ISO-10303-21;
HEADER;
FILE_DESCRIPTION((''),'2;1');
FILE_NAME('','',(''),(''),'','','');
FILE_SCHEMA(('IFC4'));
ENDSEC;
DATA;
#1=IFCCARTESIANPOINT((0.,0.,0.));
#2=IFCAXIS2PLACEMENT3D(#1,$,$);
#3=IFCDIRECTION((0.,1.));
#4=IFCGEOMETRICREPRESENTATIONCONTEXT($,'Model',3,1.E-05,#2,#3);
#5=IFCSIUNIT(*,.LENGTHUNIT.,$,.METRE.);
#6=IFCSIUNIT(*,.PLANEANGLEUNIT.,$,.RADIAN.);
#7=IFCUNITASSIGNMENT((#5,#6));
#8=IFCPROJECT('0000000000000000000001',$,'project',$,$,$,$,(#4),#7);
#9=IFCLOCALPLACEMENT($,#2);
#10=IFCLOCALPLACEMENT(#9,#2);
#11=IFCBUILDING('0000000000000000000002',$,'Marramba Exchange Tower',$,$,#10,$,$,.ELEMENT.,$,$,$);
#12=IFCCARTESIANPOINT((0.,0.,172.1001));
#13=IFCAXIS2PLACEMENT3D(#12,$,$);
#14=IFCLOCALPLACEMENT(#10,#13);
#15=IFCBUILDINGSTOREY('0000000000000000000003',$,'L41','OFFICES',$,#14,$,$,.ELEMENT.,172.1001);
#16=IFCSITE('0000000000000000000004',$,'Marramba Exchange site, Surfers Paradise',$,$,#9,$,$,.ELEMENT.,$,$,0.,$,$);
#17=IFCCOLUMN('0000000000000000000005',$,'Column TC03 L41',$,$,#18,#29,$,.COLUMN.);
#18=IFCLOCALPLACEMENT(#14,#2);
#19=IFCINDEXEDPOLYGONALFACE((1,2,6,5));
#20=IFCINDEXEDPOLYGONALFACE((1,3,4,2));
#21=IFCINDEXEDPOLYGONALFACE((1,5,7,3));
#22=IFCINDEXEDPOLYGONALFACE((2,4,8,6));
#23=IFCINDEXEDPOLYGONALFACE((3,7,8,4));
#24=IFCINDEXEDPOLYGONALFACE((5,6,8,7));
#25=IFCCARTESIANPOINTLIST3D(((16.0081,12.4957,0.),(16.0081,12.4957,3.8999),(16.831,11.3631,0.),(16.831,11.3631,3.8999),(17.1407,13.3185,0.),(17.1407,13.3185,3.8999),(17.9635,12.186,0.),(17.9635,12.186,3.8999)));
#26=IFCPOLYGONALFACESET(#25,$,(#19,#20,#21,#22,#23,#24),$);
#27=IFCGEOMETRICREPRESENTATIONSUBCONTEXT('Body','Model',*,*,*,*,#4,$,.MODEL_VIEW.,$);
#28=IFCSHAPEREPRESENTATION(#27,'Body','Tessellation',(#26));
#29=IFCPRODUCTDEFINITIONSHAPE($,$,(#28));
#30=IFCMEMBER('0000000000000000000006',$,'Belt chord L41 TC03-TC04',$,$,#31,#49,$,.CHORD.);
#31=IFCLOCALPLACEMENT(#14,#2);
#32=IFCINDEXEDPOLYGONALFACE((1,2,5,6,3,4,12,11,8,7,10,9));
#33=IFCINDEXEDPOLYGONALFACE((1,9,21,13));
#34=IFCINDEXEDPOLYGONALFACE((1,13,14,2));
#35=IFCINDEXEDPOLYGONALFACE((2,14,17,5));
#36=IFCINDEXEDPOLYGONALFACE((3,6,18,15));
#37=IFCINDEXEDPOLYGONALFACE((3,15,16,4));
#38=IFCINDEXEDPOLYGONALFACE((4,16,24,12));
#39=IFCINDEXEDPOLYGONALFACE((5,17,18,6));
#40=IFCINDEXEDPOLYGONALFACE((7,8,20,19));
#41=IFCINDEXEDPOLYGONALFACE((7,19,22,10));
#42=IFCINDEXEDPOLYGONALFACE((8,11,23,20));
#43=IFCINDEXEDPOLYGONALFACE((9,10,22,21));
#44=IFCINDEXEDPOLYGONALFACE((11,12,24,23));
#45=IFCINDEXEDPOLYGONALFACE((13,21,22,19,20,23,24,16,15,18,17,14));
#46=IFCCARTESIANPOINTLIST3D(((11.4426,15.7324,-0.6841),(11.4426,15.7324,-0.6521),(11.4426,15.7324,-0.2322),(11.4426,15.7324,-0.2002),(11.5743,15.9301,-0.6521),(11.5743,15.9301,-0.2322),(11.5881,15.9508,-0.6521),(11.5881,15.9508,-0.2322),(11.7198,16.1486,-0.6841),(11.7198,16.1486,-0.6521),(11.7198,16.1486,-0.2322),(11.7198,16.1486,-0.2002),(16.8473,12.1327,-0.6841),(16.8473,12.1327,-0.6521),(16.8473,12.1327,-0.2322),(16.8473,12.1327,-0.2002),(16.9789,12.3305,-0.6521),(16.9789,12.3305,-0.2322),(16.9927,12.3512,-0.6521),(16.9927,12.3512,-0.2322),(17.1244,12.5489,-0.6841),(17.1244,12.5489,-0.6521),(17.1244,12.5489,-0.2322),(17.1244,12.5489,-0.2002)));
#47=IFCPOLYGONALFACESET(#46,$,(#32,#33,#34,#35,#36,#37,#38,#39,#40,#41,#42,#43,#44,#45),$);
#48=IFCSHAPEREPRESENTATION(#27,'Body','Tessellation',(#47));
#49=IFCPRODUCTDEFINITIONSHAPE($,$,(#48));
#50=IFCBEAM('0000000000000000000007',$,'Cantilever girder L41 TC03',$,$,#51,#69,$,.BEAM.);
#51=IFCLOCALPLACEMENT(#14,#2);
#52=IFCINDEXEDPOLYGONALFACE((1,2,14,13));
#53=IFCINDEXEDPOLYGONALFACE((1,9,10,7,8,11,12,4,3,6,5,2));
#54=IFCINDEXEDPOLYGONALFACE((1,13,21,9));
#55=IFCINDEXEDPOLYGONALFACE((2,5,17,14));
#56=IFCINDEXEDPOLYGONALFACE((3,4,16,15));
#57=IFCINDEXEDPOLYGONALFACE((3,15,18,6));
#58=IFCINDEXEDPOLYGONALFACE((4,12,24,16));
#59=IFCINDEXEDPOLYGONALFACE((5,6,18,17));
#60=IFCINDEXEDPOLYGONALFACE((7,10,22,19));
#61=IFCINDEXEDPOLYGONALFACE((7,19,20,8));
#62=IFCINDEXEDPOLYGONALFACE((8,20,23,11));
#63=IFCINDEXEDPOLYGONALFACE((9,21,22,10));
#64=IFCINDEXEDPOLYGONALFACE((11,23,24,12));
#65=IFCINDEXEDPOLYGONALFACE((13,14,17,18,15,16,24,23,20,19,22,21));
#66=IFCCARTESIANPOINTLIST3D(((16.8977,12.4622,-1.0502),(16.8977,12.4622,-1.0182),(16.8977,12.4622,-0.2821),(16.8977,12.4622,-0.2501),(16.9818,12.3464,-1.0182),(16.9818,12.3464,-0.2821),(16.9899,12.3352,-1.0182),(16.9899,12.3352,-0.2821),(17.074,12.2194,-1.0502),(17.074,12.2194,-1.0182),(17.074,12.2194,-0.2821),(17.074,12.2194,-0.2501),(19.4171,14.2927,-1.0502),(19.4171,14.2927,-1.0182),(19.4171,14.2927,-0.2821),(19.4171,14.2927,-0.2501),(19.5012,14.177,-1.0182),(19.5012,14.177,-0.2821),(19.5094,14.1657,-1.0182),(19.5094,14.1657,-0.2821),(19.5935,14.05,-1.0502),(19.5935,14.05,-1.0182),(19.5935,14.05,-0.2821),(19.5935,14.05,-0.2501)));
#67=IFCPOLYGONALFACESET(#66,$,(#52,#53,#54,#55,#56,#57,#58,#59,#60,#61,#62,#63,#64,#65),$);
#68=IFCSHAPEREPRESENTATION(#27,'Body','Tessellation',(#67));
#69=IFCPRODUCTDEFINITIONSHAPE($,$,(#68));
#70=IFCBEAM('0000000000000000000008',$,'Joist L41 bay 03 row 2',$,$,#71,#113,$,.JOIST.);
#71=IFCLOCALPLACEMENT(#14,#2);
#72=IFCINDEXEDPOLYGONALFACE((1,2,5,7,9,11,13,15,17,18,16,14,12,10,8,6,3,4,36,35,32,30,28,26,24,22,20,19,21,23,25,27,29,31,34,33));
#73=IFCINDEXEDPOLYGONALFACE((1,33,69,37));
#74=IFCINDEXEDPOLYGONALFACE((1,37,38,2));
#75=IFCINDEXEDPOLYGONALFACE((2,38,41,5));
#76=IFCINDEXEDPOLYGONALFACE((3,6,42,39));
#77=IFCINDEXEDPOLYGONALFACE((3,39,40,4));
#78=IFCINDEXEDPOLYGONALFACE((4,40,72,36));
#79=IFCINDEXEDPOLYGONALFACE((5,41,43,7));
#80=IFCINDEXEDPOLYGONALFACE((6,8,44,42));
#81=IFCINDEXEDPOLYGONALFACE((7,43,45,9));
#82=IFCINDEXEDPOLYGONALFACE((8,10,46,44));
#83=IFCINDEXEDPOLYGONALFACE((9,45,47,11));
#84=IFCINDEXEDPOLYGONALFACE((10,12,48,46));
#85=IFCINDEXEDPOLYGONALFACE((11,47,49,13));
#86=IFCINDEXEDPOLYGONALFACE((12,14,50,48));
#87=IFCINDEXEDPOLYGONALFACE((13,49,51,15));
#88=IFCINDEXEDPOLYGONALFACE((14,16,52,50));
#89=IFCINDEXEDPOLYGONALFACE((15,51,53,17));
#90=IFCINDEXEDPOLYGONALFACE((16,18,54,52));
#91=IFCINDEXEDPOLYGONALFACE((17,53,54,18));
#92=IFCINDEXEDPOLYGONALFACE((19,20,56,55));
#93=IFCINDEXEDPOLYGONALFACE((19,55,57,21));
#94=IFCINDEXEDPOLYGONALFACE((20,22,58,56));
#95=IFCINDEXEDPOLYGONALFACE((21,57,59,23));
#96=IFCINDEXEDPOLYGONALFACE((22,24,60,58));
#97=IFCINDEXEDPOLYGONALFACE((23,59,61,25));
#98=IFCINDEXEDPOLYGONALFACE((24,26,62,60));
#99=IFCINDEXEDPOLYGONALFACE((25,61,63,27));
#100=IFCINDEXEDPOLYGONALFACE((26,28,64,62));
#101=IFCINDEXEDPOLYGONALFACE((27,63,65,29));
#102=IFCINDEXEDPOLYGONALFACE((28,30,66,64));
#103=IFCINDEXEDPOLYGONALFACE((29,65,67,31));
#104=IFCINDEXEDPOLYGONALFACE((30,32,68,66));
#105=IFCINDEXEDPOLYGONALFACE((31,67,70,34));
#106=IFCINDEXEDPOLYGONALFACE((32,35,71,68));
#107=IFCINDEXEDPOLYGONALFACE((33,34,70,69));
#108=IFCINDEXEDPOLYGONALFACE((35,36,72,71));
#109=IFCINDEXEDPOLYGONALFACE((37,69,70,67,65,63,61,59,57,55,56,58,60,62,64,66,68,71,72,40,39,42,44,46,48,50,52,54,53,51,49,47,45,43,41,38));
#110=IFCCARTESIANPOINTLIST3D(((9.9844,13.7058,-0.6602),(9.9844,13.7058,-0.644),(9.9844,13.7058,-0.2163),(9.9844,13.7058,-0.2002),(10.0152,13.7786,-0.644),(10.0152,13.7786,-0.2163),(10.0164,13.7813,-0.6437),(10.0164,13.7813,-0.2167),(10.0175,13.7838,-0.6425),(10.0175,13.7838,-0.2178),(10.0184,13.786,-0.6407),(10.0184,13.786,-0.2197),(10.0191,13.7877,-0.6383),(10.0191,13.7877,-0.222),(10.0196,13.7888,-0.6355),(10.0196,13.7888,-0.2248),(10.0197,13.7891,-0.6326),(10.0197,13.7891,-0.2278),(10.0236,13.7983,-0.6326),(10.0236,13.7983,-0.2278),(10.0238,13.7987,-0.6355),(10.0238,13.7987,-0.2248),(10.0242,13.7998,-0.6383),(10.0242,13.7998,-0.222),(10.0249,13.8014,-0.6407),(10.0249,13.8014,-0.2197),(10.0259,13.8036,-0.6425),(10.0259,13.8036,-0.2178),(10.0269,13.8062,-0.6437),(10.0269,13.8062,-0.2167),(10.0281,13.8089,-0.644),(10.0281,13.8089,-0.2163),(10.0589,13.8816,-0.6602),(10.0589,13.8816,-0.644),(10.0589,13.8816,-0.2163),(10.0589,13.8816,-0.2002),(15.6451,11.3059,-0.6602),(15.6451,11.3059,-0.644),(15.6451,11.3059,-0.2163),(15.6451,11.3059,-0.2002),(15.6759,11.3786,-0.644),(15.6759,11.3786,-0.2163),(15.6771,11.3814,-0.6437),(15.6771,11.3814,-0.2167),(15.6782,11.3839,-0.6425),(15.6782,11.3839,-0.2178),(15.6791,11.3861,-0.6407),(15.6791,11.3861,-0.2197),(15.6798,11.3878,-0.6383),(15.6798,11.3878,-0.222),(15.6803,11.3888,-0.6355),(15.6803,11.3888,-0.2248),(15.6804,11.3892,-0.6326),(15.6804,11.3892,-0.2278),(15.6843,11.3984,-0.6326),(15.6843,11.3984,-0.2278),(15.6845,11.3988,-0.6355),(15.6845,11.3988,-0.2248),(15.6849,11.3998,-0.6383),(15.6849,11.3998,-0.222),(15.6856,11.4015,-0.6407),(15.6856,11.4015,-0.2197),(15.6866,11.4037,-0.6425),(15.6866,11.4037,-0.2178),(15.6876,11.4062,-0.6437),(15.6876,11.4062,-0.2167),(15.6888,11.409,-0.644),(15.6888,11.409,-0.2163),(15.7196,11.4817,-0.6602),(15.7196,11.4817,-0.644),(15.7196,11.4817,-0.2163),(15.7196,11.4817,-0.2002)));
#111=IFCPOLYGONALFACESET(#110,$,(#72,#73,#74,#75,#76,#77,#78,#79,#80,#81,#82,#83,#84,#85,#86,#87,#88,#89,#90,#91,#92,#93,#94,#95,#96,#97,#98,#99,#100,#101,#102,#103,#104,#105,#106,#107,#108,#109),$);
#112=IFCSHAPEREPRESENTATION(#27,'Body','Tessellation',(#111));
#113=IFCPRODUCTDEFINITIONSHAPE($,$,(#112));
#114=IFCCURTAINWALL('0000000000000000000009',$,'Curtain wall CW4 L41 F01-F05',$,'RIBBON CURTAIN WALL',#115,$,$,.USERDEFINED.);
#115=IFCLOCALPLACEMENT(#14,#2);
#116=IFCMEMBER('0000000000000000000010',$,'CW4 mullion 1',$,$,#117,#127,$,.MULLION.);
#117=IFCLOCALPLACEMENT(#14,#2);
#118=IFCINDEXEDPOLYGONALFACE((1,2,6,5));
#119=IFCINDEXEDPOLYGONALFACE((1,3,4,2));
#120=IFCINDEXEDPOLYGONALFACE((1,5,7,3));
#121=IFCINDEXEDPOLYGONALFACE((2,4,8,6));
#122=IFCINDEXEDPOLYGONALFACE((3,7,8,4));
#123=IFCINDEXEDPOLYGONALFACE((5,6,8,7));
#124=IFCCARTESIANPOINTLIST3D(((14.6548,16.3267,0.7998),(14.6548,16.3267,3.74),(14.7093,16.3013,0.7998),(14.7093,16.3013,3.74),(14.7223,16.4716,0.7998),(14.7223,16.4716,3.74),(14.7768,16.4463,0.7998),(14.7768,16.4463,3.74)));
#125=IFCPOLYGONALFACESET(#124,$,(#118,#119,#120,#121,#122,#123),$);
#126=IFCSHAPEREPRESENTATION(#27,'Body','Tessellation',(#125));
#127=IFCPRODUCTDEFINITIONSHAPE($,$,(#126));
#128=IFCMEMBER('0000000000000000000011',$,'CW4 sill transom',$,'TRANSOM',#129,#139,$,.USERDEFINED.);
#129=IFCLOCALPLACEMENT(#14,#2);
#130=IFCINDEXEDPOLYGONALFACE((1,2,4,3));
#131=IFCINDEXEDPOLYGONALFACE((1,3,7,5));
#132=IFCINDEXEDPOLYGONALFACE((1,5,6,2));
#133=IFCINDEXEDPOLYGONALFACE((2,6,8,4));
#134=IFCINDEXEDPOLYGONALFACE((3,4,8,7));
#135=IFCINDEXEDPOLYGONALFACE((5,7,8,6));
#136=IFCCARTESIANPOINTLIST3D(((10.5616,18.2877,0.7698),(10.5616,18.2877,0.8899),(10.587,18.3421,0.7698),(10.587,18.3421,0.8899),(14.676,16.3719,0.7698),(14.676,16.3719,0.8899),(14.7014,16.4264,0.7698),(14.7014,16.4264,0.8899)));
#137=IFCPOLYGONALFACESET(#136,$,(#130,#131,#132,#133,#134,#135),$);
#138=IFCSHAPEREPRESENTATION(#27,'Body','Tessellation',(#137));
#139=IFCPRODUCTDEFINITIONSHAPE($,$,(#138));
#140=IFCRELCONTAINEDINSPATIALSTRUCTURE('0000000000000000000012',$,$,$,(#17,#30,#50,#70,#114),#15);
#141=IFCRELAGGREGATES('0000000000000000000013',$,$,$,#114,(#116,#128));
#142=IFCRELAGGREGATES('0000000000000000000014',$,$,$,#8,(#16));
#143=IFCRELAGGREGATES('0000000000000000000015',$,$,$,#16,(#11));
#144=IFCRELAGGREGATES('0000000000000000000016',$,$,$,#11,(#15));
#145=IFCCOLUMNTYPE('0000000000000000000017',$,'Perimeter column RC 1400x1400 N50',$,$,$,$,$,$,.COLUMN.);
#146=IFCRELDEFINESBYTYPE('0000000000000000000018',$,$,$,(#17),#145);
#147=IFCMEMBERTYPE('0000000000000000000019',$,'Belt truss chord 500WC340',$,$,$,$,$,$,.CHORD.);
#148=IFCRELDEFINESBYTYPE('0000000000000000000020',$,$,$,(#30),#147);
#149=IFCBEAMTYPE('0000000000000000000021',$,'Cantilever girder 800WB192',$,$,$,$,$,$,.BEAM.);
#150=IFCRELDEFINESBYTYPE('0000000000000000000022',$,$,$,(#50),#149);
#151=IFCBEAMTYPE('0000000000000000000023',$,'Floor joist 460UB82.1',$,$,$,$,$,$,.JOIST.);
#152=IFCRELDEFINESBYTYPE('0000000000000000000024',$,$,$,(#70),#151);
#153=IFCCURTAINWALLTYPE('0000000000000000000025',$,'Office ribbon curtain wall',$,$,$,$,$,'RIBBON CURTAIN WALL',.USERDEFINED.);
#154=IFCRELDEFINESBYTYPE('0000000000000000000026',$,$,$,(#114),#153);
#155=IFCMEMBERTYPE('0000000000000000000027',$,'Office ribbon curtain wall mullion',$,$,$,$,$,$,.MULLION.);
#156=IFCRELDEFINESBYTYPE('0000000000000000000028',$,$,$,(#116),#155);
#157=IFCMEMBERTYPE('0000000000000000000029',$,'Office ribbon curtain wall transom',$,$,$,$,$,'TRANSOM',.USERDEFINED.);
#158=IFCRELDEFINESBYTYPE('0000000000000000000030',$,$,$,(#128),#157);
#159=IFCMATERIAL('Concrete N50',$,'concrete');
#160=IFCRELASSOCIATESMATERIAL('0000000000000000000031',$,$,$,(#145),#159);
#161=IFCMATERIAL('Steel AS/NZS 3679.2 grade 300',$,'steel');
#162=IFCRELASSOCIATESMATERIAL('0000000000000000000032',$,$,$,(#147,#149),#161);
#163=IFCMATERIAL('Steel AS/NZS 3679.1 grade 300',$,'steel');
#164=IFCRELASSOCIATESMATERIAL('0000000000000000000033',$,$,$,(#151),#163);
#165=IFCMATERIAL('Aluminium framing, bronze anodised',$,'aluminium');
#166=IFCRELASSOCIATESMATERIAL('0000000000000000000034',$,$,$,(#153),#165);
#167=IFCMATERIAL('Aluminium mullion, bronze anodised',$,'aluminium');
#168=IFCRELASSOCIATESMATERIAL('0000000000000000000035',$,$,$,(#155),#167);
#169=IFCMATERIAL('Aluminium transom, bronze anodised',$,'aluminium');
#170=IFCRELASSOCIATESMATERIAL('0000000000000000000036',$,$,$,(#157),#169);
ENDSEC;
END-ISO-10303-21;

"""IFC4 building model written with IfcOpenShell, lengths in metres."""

from ifc_helpers import new_model, si_unit, direction, frame, origin, origin_2d, place, context, subcontext, project, spatial, rectangle, i_section, extrude, material, material_profile, profile_set, type_object, element, aggregate, save


model = new_model("IFC4")

# Units and contexts
model_context = context("Model", 3, precision=1e-05, world=origin(), true_north=direction((0.0, 1.0)))
body_context = subcontext(model_context, "Body", "Model", "MODEL_VIEW")
ifc_project = project(units=[si_unit("LENGTHUNIT", "METRE"), si_unit("PLANEANGLEUNIT", "RADIAN")], contexts=[model_context])

# Site, building, storey
site_placement = place(None, origin())
site = spatial("IfcSite", under=ifc_project, at=site_placement, Name="Marramba Exchange site, Surfers Paradise", CompositionType="ELEMENT", RefElevation=0.0)
building_placement = place(site_placement, origin())
building = spatial("IfcBuilding", under=site, at=building_placement, Name="Marramba Exchange Tower", CompositionType="ELEMENT")
storey_placement = place(building_placement, frame((0.0, 0.0, 172.1001)))
storey = spatial("IfcBuildingStorey", under=building, at=storey_placement, Name="L41", Description="OFFICES", CompositionType="ELEMENT", Elevation=172.1001)

# Column
ifc_material_1 = material(Name="Concrete N50", Category="concrete")
ifc_material_profile_1 = material_profile(ifc_material_1, rectangle(XDim=1.3999, YDim=1.3999, at=origin_2d()), Name="RC 1400x1400")
ifc_profile_set_1 = profile_set([ifc_material_profile_1], Name="Concrete N50")
column_type = type_object("IfcColumnType", Name="Perimeter column RC 1400x1400 N50", PredefinedType="COLUMN", material=ifc_profile_set_1)
column_placement = place(storey_placement, frame((16.9858, 12.3408, 0.0), z_axis=(0.0, 0.0, 1.0), x_axis=(0.809017, 0.587785, 0.0)))
element("IfcColumn", 1, at=column_placement, inside=storey, type_object=column_type, Name="Column TC03 L41", PredefinedType="COLUMN", context=body_context, shape_type="SweptSolid", body=[
    extrude(rectangle(XDim=1.3999, YDim=1.3999, at=origin_2d()), origin(), (0.0, 0.0, 1.0), 3.8999),
])

# Member
ifc_material_2 = material(Name="Steel AS/NZS 3679.2 grade 300", Category="steel")
ifc_material_profile_2 = material_profile(ifc_material_2, i_section(OverallWidth=0.5, OverallDepth=0.4839, WebThickness=0.0249, FlangeThickness=0.032, at=origin_2d()), Name="500WC340")
ifc_profile_set_2 = profile_set([ifc_material_profile_2], Name="Steel AS/NZS 3679.2 grade 300")
member_type_1 = type_object("IfcMemberType", Name="Belt truss chord 500WC340", PredefinedType="CHORD", material=ifc_profile_set_2)
member_1_placement = place(storey_placement, frame((16.9858, 12.3408, -0.4421), z_axis=(-0.832293, 0.554336, 0.0), x_axis=(-0.554336, -0.832293, 0.0)))
element("IfcMember", 2, at=member_1_placement, inside=storey, type_object=member_type_1, Name="Belt chord L41 TC03-TC04", PredefinedType="CHORD", context=body_context, shape_type="SweptSolid", body=[
    extrude(i_section(OverallWidth=0.5, OverallDepth=0.4839, WebThickness=0.0249, FlangeThickness=0.032, at=origin_2d()), origin(), (0.0, 0.0, 1.0), 6.4937),
])

# Beams
ifc_material_profile_3 = material_profile(ifc_material_2, i_section(OverallWidth=0.3, OverallDepth=0.8, WebThickness=0.0139, FlangeThickness=0.032, at=origin_2d()), Name="800WB192")
ifc_profile_set_3 = profile_set([ifc_material_profile_3], Name="Steel AS/NZS 3679.2 grade 300")
beam_type_1 = type_object("IfcBeamType", Name="Cantilever girder 800WB192", PredefinedType="BEAM", material=ifc_profile_set_3)
beam_1_placement = place(storey_placement, frame((16.9858, 12.3408, -0.6501), z_axis=(0.809014, 0.587789, 0.0), x_axis=(-0.587789, 0.809014, 0.0)))
element("IfcBeam", 3, at=beam_1_placement, inside=storey, type_object=beam_type_1, Name="Cantilever girder L41 TC03", PredefinedType="BEAM", context=body_context, shape_type="SweptSolid", body=[
    extrude(i_section(OverallWidth=0.3, OverallDepth=0.8, WebThickness=0.0139, FlangeThickness=0.032, at=origin_2d()), origin(), (0.0, 0.0, 1.0), 3.1143),
])
ifc_material_3 = material(Name="Steel AS/NZS 3679.1 grade 300", Category="steel")
ifc_material_profile_4 = material_profile(ifc_material_3, i_section(OverallWidth=0.1909, OverallDepth=0.46, WebThickness=0.01, FlangeThickness=0.0161, FilletRadius=0.0115, at=origin_2d()), Name="460UB82.1")
ifc_profile_set_4 = profile_set([ifc_material_profile_4], Name="Steel AS/NZS 3679.1 grade 300")
beam_type_2 = type_object("IfcBeamType", Name="Floor joist 460UB82.1", PredefinedType="JOIST", material=ifc_profile_set_4)
beam_2_placement = place(storey_placement, frame((15.6824, 11.3938, -0.4302), z_axis=(-0.920674, 0.390332, 0.0), x_axis=(-0.390332, -0.920674, 0.0)))
element("IfcBeam", 4, at=beam_2_placement, inside=storey, type_object=beam_type_2, Name="Joist L41 bay 03 row 2", PredefinedType="JOIST", context=body_context, shape_type="SweptSolid", body=[
    extrude(i_section(OverallWidth=0.1909, OverallDepth=0.46, WebThickness=0.01, FlangeThickness=0.0161, FilletRadius=0.0115, at=origin_2d()), origin(), (0.0, 0.0, 1.0), 6.1484),
])

# Curtain wall, members
ifc_material_4 = material(Name="Aluminium framing, bronze anodised", Category="aluminium")
curtain_wall_type = type_object("IfcCurtainWallType", Name="Office ribbon curtain wall", ElementType="RIBBON CURTAIN WALL", PredefinedType="USERDEFINED", material=ifc_material_4)
curtain_wall_placement = place(storey_placement, origin())
curtain_wall = element("IfcCurtainWall", 5, at=curtain_wall_placement, inside=storey, type_object=curtain_wall_type, Name="Curtain wall CW4 L41 F01-F05", ObjectType="RIBBON CURTAIN WALL", PredefinedType="USERDEFINED")
ifc_material_5 = material(Name="Aluminium mullion, bronze anodised", Category="aluminium")
ifc_material_profile_5 = material_profile(ifc_material_5, rectangle(XDim=0.1599, YDim=0.0601, at=origin_2d()), Name="CW4 mullion 60x160")
ifc_profile_set_5 = profile_set([ifc_material_profile_5], Name="Aluminium mullion, bronze anodised")
member_type_2 = type_object("IfcMemberType", Name="Office ribbon curtain wall mullion", PredefinedType="MULLION", material=ifc_profile_set_5)
member_2_placement = place(storey_placement, frame((14.7158, 16.3865, 0.7998), z_axis=(0.0, 0.0, 1.0), x_axis=(-0.422133, -0.906534, 0.0)))
member_2 = element("IfcMember", 6, at=member_2_placement, type_object=member_type_2, Name="CW4 mullion 1", PredefinedType="MULLION", context=body_context, shape_type="SweptSolid", body=[
    extrude(rectangle(XDim=0.1599, YDim=0.0601, at=origin_2d()), origin(), (0.0, 0.0, 1.0), 2.9402),
])
ifc_material_6 = material(Name="Aluminium transom, bronze anodised", Category="aluminium")
ifc_material_profile_6 = material_profile(ifc_material_6, rectangle(XDim=0.0601, YDim=0.1201, at=origin_2d()), Name="CW4 transom 60x120")
ifc_profile_set_6 = profile_set([ifc_material_profile_6], Name="Aluminium transom, bronze anodised")
member_type_3 = type_object("IfcMemberType", Name="Office ribbon curtain wall transom", ElementType="TRANSOM", PredefinedType="USERDEFINED", material=ifc_profile_set_6)
member_3_placement = place(storey_placement, frame((14.6887, 16.3992, 0.8298), z_axis=(-0.906548, 0.422102, 0.0), x_axis=(-0.422102, -0.906548, 0.0)))
member_3 = element("IfcMember", 7, at=member_3_placement, type_object=member_type_3, Name="CW4 sill transom", ObjectType="TRANSOM", PredefinedType="USERDEFINED", context=body_context, shape_type="SweptSolid", body=[
    extrude(rectangle(XDim=0.0601, YDim=0.1201, at=origin_2d()), origin(), (0.0, 0.0, 1.0), 4.5386),
])

aggregate(curtain_wall, [member_2, member_3])

save(model, "model.ifc")
